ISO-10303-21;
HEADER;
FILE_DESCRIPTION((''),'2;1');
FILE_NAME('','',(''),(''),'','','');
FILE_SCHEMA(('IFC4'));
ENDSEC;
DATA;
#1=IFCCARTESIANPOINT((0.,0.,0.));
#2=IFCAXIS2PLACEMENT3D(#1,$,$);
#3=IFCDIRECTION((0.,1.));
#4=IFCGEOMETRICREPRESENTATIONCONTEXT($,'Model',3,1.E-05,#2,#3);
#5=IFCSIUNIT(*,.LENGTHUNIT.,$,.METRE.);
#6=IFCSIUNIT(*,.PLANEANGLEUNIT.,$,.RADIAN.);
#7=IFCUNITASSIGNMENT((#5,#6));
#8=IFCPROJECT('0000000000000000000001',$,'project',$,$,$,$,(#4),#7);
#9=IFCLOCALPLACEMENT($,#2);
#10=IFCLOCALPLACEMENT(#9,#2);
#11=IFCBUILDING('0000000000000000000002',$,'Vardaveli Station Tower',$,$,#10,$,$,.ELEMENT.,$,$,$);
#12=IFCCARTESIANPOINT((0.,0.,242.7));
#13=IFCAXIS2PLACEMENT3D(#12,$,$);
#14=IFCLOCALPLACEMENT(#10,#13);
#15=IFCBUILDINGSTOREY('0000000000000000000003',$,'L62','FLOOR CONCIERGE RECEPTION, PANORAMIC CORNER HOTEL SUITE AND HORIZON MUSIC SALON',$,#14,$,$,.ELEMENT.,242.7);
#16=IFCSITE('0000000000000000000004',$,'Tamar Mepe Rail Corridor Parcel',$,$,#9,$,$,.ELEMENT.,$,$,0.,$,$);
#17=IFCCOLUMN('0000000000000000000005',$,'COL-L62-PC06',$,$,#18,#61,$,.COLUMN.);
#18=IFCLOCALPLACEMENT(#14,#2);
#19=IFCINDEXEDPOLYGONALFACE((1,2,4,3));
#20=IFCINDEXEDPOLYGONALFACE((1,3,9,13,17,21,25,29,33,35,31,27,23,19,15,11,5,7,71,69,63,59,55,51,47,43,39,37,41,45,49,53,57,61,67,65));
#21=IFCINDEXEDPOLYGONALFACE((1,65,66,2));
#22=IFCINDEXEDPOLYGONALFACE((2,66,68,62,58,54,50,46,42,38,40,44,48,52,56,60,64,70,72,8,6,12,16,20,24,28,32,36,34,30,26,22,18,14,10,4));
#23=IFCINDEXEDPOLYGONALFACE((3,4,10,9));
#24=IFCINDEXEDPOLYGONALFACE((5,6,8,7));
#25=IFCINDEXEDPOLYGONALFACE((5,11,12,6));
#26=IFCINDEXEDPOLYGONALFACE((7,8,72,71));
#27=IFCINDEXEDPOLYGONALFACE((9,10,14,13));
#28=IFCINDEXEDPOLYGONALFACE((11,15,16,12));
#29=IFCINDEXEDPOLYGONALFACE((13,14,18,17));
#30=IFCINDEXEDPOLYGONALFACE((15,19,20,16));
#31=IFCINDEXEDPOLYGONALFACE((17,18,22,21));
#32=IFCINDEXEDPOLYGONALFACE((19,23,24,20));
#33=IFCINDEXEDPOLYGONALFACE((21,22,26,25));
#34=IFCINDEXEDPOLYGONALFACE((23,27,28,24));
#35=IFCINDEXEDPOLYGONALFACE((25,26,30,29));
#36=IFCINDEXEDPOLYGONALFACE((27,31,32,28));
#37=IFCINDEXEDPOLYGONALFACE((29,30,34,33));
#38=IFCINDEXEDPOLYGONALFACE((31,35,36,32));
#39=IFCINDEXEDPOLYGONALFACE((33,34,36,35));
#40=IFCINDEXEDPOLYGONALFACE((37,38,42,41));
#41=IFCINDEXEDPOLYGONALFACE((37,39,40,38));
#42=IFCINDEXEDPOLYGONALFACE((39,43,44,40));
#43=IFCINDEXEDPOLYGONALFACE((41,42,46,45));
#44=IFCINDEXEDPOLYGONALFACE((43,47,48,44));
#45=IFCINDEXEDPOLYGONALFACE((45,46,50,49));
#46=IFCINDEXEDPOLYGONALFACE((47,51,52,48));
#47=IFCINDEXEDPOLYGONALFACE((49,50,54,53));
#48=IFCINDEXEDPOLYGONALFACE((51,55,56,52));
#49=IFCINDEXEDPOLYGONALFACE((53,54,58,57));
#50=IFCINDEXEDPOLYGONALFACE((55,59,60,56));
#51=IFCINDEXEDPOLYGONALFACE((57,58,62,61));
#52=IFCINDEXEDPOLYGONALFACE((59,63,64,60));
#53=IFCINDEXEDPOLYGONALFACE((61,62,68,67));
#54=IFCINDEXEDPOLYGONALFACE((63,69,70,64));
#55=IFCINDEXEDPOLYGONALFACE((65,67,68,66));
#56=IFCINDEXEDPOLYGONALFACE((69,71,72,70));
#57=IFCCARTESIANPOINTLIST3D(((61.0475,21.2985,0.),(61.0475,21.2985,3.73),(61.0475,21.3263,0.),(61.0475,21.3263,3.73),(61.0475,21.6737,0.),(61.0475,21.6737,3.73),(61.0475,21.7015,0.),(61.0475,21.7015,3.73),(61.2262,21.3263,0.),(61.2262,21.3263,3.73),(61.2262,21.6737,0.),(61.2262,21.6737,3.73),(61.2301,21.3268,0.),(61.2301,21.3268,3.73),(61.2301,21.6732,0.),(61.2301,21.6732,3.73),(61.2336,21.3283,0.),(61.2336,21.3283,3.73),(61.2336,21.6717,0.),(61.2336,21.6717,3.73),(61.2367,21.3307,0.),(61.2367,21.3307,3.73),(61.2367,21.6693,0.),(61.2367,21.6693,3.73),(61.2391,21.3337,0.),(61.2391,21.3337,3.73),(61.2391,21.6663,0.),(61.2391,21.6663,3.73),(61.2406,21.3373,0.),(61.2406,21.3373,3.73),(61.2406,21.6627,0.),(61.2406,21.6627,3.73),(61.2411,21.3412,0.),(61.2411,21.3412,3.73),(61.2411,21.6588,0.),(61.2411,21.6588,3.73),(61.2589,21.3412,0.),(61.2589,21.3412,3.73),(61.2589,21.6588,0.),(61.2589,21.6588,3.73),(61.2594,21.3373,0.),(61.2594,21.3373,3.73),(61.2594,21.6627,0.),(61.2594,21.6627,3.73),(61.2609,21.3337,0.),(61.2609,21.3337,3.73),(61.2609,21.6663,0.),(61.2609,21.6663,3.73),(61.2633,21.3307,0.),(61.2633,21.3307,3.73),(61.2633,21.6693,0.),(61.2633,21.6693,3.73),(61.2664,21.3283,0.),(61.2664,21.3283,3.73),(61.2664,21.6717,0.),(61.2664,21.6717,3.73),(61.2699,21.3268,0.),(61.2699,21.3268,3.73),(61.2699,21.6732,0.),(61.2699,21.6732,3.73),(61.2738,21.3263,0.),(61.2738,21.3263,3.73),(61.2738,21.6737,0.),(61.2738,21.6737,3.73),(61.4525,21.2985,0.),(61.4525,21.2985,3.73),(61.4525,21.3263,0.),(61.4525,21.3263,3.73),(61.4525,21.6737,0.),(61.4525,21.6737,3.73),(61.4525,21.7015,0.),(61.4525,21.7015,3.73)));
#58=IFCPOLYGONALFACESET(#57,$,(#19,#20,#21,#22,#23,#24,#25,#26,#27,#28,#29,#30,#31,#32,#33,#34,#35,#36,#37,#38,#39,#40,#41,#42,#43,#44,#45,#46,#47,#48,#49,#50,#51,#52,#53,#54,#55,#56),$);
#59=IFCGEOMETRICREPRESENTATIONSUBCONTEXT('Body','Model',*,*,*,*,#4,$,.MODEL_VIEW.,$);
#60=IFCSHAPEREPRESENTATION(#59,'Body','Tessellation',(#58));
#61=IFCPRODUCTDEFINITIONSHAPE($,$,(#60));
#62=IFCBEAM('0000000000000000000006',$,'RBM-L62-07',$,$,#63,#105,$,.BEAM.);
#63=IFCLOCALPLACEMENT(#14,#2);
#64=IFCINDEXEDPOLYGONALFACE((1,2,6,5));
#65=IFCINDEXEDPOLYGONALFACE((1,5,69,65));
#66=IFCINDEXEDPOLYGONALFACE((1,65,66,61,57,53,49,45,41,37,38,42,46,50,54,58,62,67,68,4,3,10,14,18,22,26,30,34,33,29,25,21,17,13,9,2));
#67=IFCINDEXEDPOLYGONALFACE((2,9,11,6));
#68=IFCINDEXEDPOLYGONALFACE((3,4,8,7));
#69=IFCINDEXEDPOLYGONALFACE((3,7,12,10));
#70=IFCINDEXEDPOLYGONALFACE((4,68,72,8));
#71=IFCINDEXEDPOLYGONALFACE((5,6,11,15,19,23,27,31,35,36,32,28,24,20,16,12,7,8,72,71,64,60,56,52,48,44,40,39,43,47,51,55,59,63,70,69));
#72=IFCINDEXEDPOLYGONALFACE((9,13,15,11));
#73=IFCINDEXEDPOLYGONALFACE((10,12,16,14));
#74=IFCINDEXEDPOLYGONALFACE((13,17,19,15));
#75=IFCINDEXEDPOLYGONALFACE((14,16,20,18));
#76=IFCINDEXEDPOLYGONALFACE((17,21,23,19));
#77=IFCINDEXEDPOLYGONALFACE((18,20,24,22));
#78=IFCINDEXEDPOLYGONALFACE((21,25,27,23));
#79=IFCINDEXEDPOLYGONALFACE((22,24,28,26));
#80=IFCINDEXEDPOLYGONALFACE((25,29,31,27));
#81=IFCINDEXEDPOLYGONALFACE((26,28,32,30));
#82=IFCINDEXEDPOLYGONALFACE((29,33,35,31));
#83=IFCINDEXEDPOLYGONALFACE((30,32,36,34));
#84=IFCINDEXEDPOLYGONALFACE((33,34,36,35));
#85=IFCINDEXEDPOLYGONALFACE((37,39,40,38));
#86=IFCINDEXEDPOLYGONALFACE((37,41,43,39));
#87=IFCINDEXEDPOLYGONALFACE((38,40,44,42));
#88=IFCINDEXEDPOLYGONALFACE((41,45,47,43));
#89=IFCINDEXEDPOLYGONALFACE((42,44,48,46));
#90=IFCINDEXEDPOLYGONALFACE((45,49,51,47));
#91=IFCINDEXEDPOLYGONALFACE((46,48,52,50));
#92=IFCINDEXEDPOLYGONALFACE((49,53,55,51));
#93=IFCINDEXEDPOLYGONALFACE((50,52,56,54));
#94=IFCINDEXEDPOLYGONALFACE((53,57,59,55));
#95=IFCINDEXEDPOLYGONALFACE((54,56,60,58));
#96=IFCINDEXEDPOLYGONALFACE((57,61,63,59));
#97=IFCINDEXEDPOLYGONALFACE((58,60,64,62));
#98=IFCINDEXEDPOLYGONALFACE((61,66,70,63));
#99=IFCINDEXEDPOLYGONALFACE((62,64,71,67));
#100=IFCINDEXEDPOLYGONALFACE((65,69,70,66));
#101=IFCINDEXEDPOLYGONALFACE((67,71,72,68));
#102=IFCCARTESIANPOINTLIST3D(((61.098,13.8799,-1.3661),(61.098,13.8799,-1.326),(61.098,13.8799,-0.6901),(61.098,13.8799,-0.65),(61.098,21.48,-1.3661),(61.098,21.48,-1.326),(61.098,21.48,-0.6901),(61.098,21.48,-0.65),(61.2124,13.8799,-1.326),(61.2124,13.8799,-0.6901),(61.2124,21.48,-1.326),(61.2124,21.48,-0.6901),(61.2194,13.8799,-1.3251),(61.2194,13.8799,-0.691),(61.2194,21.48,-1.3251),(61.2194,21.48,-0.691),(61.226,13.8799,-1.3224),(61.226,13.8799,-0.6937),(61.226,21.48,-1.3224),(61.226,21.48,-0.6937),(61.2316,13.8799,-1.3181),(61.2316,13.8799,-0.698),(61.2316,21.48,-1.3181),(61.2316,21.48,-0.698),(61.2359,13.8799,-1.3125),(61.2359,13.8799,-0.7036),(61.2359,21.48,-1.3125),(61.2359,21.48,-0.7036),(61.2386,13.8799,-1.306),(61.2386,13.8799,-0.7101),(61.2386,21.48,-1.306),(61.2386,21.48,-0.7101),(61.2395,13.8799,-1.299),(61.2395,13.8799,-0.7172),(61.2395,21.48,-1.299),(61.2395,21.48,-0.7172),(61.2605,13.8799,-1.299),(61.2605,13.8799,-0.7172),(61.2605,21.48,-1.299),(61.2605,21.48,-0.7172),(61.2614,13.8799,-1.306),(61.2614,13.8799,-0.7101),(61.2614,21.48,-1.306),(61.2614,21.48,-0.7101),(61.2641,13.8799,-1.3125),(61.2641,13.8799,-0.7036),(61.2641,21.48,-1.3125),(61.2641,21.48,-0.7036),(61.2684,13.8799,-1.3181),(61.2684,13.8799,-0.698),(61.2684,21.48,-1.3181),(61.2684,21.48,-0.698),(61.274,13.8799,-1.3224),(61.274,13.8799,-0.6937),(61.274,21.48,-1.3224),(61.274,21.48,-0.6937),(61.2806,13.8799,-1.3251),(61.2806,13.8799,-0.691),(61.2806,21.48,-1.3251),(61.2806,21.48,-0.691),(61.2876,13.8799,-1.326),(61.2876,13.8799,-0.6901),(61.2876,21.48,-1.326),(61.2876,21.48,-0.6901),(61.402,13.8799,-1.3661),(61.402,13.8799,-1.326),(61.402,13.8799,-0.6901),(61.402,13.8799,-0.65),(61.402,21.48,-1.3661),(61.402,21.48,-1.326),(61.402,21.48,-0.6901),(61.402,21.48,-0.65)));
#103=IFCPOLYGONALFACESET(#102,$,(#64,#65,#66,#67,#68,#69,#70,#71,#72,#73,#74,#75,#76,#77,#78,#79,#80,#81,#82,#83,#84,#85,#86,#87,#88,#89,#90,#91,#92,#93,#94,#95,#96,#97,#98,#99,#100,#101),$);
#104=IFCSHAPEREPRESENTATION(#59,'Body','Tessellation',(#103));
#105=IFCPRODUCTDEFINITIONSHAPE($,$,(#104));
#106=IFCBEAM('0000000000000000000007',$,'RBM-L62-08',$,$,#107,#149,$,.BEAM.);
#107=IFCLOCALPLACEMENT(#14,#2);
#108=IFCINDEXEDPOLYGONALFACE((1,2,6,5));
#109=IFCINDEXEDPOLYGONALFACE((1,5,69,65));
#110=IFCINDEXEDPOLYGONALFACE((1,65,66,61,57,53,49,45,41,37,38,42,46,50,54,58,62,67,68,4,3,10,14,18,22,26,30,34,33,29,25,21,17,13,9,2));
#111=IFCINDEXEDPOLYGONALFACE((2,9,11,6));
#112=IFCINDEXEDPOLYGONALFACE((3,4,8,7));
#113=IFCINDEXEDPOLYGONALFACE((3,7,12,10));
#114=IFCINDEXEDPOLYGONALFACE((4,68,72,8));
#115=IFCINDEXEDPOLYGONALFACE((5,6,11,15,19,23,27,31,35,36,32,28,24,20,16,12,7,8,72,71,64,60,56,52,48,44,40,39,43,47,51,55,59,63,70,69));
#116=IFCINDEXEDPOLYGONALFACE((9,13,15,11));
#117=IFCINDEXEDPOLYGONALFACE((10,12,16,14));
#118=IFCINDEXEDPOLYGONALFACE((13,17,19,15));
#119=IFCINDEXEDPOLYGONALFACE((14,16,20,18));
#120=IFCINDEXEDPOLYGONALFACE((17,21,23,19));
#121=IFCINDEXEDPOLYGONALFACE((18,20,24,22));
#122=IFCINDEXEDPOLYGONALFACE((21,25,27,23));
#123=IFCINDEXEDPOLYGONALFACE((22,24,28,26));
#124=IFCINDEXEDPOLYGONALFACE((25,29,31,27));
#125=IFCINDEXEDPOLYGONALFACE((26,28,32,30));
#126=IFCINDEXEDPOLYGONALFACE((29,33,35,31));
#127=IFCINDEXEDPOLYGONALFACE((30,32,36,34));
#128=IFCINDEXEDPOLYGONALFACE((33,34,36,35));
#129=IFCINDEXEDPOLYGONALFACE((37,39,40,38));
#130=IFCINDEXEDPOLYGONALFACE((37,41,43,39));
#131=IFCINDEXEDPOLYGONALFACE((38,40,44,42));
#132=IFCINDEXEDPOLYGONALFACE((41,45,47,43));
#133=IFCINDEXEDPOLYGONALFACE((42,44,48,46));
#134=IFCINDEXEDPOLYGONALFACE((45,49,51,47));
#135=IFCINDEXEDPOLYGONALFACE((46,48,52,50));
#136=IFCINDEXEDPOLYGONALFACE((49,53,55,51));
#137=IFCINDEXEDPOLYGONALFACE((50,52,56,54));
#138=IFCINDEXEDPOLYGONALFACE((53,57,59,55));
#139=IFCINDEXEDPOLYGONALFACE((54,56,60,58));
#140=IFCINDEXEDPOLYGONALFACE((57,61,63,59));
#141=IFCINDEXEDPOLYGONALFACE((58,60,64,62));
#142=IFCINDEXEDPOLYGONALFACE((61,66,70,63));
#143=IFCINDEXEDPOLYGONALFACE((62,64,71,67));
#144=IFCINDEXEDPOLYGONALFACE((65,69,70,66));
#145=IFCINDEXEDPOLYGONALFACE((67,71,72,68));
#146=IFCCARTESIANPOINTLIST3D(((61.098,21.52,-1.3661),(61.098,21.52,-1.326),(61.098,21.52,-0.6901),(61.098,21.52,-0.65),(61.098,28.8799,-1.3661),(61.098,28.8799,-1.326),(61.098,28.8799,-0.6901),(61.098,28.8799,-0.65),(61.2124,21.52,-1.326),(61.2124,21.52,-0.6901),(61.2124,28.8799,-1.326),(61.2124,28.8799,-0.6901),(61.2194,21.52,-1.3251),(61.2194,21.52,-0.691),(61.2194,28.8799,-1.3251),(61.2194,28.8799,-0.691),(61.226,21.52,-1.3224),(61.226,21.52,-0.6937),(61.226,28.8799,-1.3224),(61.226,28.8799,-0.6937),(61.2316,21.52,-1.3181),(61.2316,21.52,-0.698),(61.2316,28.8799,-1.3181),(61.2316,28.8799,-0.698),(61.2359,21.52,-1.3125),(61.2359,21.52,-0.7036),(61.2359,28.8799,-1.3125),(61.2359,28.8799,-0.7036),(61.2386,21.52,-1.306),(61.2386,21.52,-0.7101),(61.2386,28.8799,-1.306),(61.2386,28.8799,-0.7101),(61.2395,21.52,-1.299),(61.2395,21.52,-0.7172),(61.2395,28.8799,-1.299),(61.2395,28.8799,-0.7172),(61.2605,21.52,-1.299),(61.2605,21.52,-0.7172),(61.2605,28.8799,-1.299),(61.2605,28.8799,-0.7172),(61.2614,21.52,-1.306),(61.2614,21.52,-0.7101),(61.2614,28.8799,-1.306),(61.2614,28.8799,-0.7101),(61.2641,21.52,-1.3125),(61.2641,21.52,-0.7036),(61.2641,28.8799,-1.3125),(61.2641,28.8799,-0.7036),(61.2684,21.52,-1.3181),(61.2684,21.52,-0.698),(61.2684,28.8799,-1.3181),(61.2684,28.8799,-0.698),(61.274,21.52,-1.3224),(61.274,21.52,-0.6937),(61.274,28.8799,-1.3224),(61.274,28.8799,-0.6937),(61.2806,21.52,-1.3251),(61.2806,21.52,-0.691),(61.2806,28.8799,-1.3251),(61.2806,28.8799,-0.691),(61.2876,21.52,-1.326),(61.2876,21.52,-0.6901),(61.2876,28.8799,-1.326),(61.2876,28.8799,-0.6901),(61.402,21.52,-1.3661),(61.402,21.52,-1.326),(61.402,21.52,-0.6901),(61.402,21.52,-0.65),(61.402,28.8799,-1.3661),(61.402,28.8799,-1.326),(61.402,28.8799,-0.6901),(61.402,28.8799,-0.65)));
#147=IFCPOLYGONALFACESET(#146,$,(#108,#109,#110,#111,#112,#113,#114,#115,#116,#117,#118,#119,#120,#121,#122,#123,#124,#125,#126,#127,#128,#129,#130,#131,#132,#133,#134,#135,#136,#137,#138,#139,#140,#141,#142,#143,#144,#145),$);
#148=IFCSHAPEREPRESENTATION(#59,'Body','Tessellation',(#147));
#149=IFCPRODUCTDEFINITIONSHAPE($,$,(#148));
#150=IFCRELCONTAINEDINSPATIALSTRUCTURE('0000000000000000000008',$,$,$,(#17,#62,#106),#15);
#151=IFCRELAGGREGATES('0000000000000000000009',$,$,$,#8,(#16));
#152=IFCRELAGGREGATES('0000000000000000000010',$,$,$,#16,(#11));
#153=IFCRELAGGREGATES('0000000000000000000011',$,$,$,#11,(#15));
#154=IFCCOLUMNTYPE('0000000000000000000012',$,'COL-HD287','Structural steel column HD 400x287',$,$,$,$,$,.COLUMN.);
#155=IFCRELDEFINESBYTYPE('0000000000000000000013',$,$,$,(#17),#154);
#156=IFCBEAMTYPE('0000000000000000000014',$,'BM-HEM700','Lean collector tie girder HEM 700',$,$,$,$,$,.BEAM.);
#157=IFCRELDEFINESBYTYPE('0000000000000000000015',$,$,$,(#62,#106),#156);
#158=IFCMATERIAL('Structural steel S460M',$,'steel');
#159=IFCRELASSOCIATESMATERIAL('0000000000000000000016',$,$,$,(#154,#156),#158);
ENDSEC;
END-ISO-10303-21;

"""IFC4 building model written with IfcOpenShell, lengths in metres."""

from ifc_helpers import new_model, si_unit, direction, frame, origin, origin_2d, place, context, subcontext, project, spatial, i_section, extrude, source, transform, mapped, material, material_profile, profile_set, type_object, element, save


model = new_model("IFC4")

# Units and contexts
model_context = context("Model", 3, precision=1e-05, world=origin(), true_north=direction((0.0, 1.0)))
body_context = subcontext(model_context, "Body", "Model", "MODEL_VIEW")
ifc_project = project(units=[si_unit("LENGTHUNIT", "METRE"), si_unit("PLANEANGLEUNIT", "RADIAN")], contexts=[model_context])

# Site, building, storey
site_placement = place(None, origin())
site = spatial("IfcSite", under=ifc_project, at=site_placement, Name="Tamar Mepe Rail Corridor Parcel", CompositionType="ELEMENT", RefElevation=0.0)
building_placement = place(site_placement, origin())
building = spatial("IfcBuilding", under=site, at=building_placement, Name="Vardaveli Station Tower", CompositionType="ELEMENT")
storey_placement = place(building_placement, frame((0.0, 0.0, 242.7)))
storey = spatial("IfcBuildingStorey", under=building, at=storey_placement, Name="L62", Description="FLOOR CONCIERGE RECEPTION, PANORAMIC CORNER HOTEL SUITE AND HORIZON MUSIC SALON", CompositionType="ELEMENT", Elevation=242.7)

# Column
ifc_material_1 = material(Name="Structural steel S460M", Category="steel")
ifc_material_profile_1 = material_profile(ifc_material_1, i_section(OverallWidth=0.405, OverallDepth=0.4031, WebThickness=0.0178, FlangeThickness=0.0278, FilletRadius=0.0149, at=origin_2d()), Name="HD 400x287")
ifc_profile_set_1 = profile_set([ifc_material_profile_1], Name="Structural steel S460M")
column_type = type_object("IfcColumnType", Name="COL-HD287", Description="Structural steel column HD 400x287", PredefinedType="COLUMN", material=ifc_profile_set_1)
shared_shape_1 = source(origin(), body_context, "Body", "SweptSolid", [
    extrude(i_section(OverallWidth=0.405, OverallDepth=0.4031, WebThickness=0.0178, FlangeThickness=0.0278, FilletRadius=0.0149, at=origin_2d()), origin(), (0.0, 0.0, 1.0), 3.73),
])
column_placement = place(storey_placement, frame((61.25, 21.5, 0.0), z_axis=(0.0, 0.0, 1.0), x_axis=(1.0, 0.0, 0.0)))
element("IfcColumn", 1, at=column_placement, inside=storey, type_object=column_type, Name="COL-L62-PC06", PredefinedType="COLUMN", context=body_context, shape_type="MappedRepresentation", body=[
    mapped(shared_shape_1, transform((0.0, 0.0, 0.0), scale=1.0)),
])

# Beams
ifc_material_profile_2 = material_profile(ifc_material_1, i_section(OverallWidth=0.304, OverallDepth=0.7161, WebThickness=0.021, FlangeThickness=0.04, FilletRadius=0.0271, at=origin_2d()), Name="HEM 700")
ifc_profile_set_2 = profile_set([ifc_material_profile_2], Name="Structural steel S460M")
beam_type_1 = type_object("IfcBeamType", Name="BM-HEM700", Description="Lean collector tie girder HEM 700", PredefinedType="BEAM", material=ifc_profile_set_2)
shared_shape_2 = source(origin(), body_context, "Body", "SweptSolid", [
    extrude(i_section(OverallWidth=0.304, OverallDepth=0.7161, WebThickness=0.021, FlangeThickness=0.04, FilletRadius=0.0271, at=origin_2d()), origin(), (0.0, 0.0, 1.0), 7.6001),
])
beam_1_placement = place(storey_placement, frame((61.25, 13.8799, -1.0081), z_axis=(0.0, 1.0, 0.0), x_axis=(-1.0, 0.0, 0.0)))
element("IfcBeam", 2, at=beam_1_placement, inside=storey, type_object=beam_type_1, Name="RBM-L62-07", PredefinedType="BEAM", context=body_context, shape_type="MappedRepresentation", body=[
    mapped(shared_shape_2, transform((0.0, 0.0, 0.0), scale=1.0)),
])
shared_shape_3 = source(origin(), body_context, "Body", "SweptSolid", [
    extrude(i_section(OverallWidth=0.304, OverallDepth=0.7161, WebThickness=0.021, FlangeThickness=0.04, FilletRadius=0.0271, at=origin_2d()), origin(), (0.0, 0.0, 1.0), 7.3599),
])
beam_2_placement = place(storey_placement, frame((61.25, 21.52, -1.0081), z_axis=(0.0, 1.0, 0.0), x_axis=(-1.0, 0.0, 0.0)))
element("IfcBeam", 3, at=beam_2_placement, inside=storey, type_object=beam_type_1, Name="RBM-L62-08", PredefinedType="BEAM", context=body_context, shape_type="MappedRepresentation", body=[
    mapped(shared_shape_3, transform((0.0, 0.0, 0.0), scale=1.0)),
])

save(model, "model.ifc")
